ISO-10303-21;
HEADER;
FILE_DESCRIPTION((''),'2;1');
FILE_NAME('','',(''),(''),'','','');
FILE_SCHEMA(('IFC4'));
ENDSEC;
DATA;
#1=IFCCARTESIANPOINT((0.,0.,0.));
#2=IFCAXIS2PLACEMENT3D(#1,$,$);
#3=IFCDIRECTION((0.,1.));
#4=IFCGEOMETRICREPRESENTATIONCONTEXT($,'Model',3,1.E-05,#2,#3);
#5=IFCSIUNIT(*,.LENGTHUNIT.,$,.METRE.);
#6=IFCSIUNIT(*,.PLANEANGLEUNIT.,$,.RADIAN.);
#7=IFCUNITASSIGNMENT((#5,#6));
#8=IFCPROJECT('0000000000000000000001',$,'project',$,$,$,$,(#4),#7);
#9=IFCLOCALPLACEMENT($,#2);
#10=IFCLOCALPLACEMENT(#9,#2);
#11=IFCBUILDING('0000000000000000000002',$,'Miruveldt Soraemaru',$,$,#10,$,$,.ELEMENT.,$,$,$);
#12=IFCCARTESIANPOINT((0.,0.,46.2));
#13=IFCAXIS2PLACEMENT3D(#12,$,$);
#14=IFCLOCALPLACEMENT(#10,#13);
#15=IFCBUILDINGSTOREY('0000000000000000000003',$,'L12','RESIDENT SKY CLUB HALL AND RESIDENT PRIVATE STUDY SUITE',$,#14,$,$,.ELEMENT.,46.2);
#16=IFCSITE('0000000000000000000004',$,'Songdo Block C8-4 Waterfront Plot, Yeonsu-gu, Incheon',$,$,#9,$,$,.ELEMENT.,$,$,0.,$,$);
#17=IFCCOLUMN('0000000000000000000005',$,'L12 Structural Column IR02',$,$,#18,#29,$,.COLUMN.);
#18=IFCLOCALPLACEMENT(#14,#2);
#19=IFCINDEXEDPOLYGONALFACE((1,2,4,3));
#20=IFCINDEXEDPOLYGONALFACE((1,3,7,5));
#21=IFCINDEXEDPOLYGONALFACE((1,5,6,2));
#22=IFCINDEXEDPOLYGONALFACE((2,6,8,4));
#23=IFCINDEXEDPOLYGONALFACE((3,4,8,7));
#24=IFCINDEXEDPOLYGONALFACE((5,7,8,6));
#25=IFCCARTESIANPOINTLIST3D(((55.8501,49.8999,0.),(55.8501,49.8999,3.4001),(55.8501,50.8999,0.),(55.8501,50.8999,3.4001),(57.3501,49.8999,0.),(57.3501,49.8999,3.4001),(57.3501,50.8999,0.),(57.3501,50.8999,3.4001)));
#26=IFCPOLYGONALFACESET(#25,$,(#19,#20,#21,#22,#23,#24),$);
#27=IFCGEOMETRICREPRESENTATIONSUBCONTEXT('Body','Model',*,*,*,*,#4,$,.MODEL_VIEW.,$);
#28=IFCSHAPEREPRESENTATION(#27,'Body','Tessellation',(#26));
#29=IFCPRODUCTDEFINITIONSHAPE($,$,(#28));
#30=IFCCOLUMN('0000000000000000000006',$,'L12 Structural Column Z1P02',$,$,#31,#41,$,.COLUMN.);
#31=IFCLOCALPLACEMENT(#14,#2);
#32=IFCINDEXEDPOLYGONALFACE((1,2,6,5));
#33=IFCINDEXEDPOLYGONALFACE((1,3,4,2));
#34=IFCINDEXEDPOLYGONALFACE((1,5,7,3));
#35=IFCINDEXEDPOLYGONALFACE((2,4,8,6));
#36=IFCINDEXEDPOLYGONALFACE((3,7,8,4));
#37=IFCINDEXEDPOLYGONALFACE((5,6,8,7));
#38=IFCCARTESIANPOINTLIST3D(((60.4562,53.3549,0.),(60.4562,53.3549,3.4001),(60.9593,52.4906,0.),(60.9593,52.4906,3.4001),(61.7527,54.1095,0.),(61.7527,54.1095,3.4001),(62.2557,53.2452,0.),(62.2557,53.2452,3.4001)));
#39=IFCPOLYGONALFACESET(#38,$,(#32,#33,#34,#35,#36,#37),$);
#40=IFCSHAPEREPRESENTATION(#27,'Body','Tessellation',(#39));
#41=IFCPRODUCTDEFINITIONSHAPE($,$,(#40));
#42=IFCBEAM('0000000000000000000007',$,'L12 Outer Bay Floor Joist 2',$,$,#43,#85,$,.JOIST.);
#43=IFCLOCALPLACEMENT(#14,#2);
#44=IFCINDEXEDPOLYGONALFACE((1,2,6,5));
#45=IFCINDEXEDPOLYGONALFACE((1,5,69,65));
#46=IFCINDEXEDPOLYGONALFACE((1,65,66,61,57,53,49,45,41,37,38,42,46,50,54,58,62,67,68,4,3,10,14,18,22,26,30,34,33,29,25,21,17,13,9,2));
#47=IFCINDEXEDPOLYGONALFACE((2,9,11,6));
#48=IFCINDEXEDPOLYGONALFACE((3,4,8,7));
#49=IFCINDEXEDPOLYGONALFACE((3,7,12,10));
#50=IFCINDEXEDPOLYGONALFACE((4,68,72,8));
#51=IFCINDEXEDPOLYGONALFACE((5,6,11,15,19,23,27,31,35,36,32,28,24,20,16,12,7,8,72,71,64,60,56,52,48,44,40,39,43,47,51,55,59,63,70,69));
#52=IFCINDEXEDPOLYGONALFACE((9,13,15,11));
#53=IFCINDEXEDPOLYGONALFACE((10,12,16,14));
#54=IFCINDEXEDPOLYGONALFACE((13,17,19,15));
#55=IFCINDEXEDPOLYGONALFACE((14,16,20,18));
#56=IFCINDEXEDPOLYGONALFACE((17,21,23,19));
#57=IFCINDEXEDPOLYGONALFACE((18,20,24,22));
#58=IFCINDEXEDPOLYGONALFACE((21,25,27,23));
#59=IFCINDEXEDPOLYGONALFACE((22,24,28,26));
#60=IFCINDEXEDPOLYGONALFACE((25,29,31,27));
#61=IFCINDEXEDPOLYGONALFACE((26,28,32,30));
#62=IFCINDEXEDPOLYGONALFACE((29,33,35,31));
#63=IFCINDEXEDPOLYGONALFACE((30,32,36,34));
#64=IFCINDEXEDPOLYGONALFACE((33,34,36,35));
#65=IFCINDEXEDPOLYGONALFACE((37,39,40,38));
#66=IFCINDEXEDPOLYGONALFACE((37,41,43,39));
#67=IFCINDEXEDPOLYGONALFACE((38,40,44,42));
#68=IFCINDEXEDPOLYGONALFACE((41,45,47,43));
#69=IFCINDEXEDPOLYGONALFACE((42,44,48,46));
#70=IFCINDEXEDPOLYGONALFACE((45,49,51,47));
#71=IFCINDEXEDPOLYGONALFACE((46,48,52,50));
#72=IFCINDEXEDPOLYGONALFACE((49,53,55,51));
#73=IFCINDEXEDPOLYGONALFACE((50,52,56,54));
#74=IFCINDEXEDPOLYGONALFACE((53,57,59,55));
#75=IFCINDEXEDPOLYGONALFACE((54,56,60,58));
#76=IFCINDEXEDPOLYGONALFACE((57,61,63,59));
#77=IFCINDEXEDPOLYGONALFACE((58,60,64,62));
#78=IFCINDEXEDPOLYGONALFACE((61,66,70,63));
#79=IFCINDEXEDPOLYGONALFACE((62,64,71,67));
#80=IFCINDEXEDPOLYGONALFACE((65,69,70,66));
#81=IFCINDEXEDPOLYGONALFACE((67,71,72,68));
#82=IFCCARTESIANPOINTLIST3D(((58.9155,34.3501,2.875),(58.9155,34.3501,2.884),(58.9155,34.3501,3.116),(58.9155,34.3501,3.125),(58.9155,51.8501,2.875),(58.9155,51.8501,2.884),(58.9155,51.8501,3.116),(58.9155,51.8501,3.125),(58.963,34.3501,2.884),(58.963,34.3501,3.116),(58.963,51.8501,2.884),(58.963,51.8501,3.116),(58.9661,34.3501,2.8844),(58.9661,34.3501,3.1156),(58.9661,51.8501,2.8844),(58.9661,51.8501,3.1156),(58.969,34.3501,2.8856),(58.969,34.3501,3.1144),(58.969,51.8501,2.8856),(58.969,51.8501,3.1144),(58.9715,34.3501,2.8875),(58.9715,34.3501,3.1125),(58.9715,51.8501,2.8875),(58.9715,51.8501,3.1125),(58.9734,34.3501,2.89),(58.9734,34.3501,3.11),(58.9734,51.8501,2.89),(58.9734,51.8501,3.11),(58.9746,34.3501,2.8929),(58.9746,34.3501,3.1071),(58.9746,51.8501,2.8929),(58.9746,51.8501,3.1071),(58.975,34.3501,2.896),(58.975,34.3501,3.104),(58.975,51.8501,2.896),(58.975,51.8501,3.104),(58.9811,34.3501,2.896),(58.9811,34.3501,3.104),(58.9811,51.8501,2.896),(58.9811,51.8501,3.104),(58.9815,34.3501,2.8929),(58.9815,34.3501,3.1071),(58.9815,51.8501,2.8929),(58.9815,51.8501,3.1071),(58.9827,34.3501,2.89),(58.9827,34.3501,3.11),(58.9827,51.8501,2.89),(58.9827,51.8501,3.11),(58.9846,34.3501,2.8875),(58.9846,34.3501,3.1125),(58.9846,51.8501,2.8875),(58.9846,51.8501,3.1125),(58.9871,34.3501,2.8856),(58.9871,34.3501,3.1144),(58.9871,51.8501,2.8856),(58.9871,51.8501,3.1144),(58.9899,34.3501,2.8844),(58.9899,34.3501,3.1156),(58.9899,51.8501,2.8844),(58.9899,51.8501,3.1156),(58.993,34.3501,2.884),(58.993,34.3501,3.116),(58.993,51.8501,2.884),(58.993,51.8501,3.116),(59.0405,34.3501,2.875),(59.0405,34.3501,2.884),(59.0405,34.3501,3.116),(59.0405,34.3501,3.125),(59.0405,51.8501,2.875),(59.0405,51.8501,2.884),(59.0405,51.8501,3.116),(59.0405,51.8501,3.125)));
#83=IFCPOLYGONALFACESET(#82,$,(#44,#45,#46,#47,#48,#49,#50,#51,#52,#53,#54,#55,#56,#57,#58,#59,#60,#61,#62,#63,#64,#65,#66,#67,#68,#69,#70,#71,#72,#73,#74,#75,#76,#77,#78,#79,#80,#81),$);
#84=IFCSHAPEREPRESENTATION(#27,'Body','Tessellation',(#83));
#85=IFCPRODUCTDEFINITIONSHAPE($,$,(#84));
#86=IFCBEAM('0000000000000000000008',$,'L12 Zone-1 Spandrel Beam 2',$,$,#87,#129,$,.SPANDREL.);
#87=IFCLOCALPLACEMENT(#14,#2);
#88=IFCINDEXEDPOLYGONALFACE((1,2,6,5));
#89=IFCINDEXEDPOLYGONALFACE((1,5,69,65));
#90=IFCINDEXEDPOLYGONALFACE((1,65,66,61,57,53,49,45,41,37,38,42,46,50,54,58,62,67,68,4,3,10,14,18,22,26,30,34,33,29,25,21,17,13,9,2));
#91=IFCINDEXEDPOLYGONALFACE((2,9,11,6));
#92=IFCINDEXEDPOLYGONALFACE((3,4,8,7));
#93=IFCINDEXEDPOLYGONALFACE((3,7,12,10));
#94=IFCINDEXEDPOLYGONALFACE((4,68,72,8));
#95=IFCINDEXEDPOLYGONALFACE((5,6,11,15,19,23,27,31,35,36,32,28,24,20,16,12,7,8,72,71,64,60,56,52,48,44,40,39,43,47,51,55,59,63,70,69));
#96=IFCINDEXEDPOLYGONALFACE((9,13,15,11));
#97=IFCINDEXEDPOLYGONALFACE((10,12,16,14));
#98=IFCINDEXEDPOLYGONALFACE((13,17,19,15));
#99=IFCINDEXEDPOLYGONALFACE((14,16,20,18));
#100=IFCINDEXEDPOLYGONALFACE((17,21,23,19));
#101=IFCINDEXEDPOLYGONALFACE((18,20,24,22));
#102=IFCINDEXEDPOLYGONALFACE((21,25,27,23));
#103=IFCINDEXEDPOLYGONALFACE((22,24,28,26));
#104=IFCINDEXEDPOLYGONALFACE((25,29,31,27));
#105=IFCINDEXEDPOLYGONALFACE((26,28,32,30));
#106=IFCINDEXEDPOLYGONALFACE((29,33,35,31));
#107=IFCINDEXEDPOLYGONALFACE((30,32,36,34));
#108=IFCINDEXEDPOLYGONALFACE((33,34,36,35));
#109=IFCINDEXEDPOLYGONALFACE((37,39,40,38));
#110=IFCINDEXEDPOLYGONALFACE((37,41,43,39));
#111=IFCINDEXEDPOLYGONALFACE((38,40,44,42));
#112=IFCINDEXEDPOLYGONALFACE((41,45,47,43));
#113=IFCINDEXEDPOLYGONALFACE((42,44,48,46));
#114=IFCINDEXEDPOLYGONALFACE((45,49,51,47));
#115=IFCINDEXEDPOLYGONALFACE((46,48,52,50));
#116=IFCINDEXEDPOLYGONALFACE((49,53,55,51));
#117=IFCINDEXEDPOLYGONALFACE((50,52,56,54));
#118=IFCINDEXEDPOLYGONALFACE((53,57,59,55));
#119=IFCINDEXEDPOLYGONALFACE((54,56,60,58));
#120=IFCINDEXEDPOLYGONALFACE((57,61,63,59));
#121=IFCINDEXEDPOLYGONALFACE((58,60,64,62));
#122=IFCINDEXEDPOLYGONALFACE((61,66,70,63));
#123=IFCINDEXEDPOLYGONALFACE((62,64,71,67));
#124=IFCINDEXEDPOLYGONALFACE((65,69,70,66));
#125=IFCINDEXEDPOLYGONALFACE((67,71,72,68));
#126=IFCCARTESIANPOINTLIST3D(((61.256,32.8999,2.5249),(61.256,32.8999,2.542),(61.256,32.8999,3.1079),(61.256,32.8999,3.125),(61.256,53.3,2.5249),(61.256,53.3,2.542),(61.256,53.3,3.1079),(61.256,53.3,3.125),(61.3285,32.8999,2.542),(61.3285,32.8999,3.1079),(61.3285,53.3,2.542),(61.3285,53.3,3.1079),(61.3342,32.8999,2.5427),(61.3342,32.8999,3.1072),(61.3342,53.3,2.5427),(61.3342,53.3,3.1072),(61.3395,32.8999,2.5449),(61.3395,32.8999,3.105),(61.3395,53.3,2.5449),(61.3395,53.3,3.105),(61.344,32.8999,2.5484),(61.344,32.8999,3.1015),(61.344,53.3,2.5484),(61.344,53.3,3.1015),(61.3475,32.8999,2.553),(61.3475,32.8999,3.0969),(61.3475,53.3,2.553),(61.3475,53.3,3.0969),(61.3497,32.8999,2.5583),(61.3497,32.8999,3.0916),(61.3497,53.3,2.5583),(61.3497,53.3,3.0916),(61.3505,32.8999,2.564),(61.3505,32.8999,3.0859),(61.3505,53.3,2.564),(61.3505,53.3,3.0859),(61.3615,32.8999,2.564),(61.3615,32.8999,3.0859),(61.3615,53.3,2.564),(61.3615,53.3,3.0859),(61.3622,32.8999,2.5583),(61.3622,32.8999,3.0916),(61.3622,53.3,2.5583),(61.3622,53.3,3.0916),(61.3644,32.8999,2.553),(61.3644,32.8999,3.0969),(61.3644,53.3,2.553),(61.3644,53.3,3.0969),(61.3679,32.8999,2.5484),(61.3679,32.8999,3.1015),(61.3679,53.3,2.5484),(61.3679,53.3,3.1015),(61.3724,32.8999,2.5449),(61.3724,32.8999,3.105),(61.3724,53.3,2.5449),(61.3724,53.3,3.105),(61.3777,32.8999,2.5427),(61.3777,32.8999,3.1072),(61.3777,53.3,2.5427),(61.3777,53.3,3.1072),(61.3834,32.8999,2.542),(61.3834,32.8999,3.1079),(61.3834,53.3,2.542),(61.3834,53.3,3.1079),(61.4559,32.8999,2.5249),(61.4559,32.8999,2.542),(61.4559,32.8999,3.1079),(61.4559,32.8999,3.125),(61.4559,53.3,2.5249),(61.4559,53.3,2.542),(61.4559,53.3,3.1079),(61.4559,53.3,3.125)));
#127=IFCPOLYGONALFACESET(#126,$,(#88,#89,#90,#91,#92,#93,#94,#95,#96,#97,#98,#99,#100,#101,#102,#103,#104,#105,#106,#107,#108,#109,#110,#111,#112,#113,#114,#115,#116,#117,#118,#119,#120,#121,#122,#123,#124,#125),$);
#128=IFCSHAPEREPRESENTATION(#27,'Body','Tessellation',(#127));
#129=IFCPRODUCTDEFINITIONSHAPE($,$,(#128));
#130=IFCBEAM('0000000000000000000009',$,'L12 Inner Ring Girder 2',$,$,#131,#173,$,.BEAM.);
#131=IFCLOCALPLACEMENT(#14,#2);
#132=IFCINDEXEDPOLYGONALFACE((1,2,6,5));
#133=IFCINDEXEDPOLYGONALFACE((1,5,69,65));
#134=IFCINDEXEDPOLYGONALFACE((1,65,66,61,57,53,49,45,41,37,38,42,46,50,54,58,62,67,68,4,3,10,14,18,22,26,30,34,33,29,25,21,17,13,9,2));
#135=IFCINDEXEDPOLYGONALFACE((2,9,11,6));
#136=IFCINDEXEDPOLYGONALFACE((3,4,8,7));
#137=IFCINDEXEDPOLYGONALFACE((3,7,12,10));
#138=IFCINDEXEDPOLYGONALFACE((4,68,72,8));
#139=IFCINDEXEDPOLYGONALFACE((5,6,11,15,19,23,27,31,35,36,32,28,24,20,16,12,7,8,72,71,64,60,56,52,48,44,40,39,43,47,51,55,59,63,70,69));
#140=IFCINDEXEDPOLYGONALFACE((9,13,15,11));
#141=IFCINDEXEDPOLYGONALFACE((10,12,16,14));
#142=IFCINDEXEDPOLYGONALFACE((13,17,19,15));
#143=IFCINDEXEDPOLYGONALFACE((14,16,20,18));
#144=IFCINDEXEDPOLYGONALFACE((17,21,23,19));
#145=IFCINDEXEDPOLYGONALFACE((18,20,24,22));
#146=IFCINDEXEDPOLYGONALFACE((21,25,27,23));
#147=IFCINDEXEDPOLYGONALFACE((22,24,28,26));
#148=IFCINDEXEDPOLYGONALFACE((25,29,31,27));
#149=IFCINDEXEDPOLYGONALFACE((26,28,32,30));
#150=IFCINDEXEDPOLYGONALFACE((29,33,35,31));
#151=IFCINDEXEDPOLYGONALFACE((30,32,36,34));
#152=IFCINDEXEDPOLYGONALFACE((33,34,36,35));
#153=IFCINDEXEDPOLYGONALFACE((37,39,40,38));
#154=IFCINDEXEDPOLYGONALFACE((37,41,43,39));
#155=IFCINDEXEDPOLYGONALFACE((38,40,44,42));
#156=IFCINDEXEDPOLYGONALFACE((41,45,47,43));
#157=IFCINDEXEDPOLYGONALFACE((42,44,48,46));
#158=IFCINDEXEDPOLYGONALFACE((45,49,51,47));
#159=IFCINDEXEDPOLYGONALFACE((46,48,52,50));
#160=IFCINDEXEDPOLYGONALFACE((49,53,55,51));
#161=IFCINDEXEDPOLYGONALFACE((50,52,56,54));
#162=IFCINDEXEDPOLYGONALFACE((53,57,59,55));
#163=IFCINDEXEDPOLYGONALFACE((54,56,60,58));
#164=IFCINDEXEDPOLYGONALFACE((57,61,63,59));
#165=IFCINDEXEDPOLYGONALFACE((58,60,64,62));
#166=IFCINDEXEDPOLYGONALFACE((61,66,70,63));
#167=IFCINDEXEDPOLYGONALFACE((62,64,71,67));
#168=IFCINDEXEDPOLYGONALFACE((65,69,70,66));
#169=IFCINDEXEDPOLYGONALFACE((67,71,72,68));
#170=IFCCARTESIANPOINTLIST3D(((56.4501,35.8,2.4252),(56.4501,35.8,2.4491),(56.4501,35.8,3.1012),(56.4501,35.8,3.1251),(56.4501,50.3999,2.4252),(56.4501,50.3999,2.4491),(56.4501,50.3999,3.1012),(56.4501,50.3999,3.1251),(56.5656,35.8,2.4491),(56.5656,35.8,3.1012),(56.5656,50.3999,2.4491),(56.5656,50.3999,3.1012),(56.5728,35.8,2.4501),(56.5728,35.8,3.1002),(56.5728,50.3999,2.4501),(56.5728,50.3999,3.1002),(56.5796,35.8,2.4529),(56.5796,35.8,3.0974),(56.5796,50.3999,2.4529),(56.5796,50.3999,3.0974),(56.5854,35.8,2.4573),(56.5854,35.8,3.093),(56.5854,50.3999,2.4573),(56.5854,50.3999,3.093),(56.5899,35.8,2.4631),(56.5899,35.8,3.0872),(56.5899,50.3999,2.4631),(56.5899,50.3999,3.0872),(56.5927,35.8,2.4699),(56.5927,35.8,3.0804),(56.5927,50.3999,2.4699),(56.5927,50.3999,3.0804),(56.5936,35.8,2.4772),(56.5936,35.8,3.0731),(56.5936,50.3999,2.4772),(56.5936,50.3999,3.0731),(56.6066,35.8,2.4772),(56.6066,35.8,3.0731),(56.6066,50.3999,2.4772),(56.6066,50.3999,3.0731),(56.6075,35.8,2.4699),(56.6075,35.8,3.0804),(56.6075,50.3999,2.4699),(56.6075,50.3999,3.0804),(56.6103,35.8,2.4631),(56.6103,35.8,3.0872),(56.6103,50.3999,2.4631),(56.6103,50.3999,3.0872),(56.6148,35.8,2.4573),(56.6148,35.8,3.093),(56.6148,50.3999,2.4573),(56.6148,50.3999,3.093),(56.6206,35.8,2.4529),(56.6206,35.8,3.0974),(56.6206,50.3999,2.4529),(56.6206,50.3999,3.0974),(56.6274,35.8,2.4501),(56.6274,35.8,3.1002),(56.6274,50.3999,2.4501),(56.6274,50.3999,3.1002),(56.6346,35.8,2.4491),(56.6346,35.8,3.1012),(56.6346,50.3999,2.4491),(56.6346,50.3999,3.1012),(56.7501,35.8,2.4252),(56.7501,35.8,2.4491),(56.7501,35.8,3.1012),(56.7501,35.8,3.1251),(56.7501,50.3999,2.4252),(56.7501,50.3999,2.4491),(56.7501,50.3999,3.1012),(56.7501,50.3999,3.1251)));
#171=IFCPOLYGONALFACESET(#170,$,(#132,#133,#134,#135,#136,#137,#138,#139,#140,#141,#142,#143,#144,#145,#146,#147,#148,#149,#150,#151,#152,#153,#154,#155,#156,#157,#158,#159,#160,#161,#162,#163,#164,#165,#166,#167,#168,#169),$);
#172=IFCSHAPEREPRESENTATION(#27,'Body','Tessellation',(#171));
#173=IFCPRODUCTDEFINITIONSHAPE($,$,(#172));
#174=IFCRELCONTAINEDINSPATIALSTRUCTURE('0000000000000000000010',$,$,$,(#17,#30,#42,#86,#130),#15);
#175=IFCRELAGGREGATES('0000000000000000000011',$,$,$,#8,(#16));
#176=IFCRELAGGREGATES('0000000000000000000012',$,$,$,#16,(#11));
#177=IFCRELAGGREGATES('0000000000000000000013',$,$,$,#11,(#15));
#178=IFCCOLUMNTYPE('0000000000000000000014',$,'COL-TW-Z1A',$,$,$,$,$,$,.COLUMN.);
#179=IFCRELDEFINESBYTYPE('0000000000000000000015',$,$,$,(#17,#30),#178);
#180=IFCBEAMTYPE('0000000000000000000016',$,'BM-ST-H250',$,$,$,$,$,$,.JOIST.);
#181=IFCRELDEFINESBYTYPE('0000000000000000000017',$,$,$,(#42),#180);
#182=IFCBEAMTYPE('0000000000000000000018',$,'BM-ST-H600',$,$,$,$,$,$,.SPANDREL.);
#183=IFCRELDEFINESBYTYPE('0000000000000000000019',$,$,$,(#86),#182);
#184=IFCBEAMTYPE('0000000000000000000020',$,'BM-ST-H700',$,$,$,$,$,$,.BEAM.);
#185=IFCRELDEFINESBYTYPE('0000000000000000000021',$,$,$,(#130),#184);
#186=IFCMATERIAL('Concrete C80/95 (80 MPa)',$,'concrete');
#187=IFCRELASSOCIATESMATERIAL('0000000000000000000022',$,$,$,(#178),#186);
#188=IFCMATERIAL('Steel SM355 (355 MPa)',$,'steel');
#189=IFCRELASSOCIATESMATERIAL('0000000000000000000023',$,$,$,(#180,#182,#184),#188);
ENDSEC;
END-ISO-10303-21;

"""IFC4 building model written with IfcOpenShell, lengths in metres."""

from ifc_helpers import new_model, si_unit, direction, frame, origin, origin_2d, place, context, subcontext, project, spatial, rectangle, i_section, extrude, material, material_profile, profile_set, type_object, element, save


model = new_model("IFC4")

# Units and contexts
model_context = context("Model", 3, precision=1e-05, world=origin(), true_north=direction((0.0, 1.0)))
body_context = subcontext(model_context, "Body", "Model", "MODEL_VIEW")
ifc_project = project(units=[si_unit("LENGTHUNIT", "METRE"), si_unit("PLANEANGLEUNIT", "RADIAN")], contexts=[model_context])

# Site, building, storey
site_placement = place(None, origin())
site = spatial("IfcSite", under=ifc_project, at=site_placement, Name="Songdo Block C8-4 Waterfront Plot, Yeonsu-gu, Incheon", CompositionType="ELEMENT", RefElevation=0.0)
building_placement = place(site_placement, origin())
building = spatial("IfcBuilding", under=site, at=building_placement, Name="Miruveldt Soraemaru", CompositionType="ELEMENT")
storey_placement = place(building_placement, frame((0.0, 0.0, 46.2)))
storey = spatial("IfcBuildingStorey", under=building, at=storey_placement, Name="L12", Description="RESIDENT SKY CLUB HALL AND RESIDENT PRIVATE STUDY SUITE", CompositionType="ELEMENT", Elevation=46.2)

# Columns
ifc_material_1 = material(Name="Concrete C80/95 (80 MPa)", Category="concrete")
ifc_material_profile_1 = material_profile(ifc_material_1, rectangle(XDim=1.5, YDim=1.0, at=origin_2d()), Name="Concrete C80/95 (80 MPa)", Category="concrete")
ifc_profile_set_1 = profile_set([ifc_material_profile_1], Name="Concrete C80/95 (80 MPa)")
column_type = type_object("IfcColumnType", Name="COL-TW-Z1A", PredefinedType="COLUMN", material=ifc_profile_set_1)
for number, where, z_axis, x_axis, name in (
    (1, (56.6001, 50.3999, 0.0), (0.0, 0.0, 1.0), (1.0, 0.0, 0.0), "L12 Structural Column IR02"),
    (2, (61.356, 53.3, 0.0), (0.0, 0.0, 1.0), (0.864275, 0.50302, 0.0), "L12 Structural Column Z1P02"),
):
    element("IfcColumn", number, at=place(storey_placement, frame(where, z_axis=z_axis, x_axis=x_axis)), inside=storey, type_object=column_type, Name=name, PredefinedType="COLUMN", context=body_context, shape_type="SweptSolid", body=[
        extrude(rectangle(XDim=1.5, YDim=1.0, at=origin_2d()), origin(), (0.0, 0.0, 1.0), 3.4001),
    ])

# Beams
ifc_material_2 = material(Name="Steel SM355 (355 MPa)", Category="steel")
ifc_material_profile_2 = material_profile(ifc_material_2, i_section(OverallWidth=0.125, OverallDepth=0.25, WebThickness=0.0061, FlangeThickness=0.009, FilletRadius=0.012, at=origin_2d()), Name="Steel SM355 (355 MPa)", Category="steel")
ifc_profile_set_2 = profile_set([ifc_material_profile_2], Name="Steel SM355 (355 MPa)")
beam_type_1 = type_object("IfcBeamType", Name="BM-ST-H250", PredefinedType="JOIST", material=ifc_profile_set_2)
beam_1_placement = place(storey_placement, frame((58.978, 51.8501, 3.0), z_axis=(0.0, -1.0, 0.0), x_axis=(1.0, 0.0, 0.0)))
element("IfcBeam", 3, at=beam_1_placement, inside=storey, type_object=beam_type_1, Name="L12 Outer Bay Floor Joist 2", PredefinedType="JOIST", context=body_context, shape_type="SweptSolid", body=[
    extrude(i_section(OverallWidth=0.125, OverallDepth=0.25, WebThickness=0.0061, FlangeThickness=0.009, FilletRadius=0.012, at=origin_2d()), origin(), (0.0, 0.0, 1.0), 17.5),
])
ifc_material_profile_3 = material_profile(ifc_material_2, i_section(OverallWidth=0.2, OverallDepth=0.6001, WebThickness=0.011, FlangeThickness=0.0171, FilletRadius=0.022, at=origin_2d()), Name="Steel SM355 (355 MPa)", Category="steel")
ifc_profile_set_3 = profile_set([ifc_material_profile_3], Name="Steel SM355 (355 MPa)")
beam_type_2 = type_object("IfcBeamType", Name="BM-ST-H600", PredefinedType="SPANDREL", material=ifc_profile_set_3)
beam_2_placement = place(storey_placement, frame((61.356, 53.3, 2.825), z_axis=(0.0, -1.0, 0.0), x_axis=(1.0, 0.0, 0.0)))
element("IfcBeam", 4, at=beam_2_placement, inside=storey, type_object=beam_type_2, Name="L12 Zone-1 Spandrel Beam 2", PredefinedType="SPANDREL", context=body_context, shape_type="SweptSolid", body=[
    extrude(i_section(OverallWidth=0.2, OverallDepth=0.6001, WebThickness=0.011, FlangeThickness=0.0171, FilletRadius=0.022, at=origin_2d()), origin(), (0.0, 0.0, 1.0), 20.4001),
])
ifc_material_profile_4 = material_profile(ifc_material_2, i_section(OverallWidth=0.3, OverallDepth=0.7, WebThickness=0.0129, FlangeThickness=0.0239, FilletRadius=0.0281, at=origin_2d()), Name="Steel SM355 (355 MPa)", Category="steel")
ifc_profile_set_4 = profile_set([ifc_material_profile_4], Name="Steel SM355 (355 MPa)")
beam_type_3 = type_object("IfcBeamType", Name="BM-ST-H700", PredefinedType="BEAM", material=ifc_profile_set_4)
beam_3_placement = place(storey_placement, frame((56.6001, 50.3999, 2.7751), z_axis=(0.0, -1.0, 0.0), x_axis=(1.0, 0.0, 0.0)))
element("IfcBeam", 5, at=beam_3_placement, inside=storey, type_object=beam_type_3, Name="L12 Inner Ring Girder 2", PredefinedType="BEAM", context=body_context, shape_type="SweptSolid", body=[
    extrude(i_section(OverallWidth=0.3, OverallDepth=0.7, WebThickness=0.0129, FlangeThickness=0.0239, FilletRadius=0.0281, at=origin_2d()), origin(), (0.0, 0.0, 1.0), 14.5999),
])

save(model, "model.ifc")
